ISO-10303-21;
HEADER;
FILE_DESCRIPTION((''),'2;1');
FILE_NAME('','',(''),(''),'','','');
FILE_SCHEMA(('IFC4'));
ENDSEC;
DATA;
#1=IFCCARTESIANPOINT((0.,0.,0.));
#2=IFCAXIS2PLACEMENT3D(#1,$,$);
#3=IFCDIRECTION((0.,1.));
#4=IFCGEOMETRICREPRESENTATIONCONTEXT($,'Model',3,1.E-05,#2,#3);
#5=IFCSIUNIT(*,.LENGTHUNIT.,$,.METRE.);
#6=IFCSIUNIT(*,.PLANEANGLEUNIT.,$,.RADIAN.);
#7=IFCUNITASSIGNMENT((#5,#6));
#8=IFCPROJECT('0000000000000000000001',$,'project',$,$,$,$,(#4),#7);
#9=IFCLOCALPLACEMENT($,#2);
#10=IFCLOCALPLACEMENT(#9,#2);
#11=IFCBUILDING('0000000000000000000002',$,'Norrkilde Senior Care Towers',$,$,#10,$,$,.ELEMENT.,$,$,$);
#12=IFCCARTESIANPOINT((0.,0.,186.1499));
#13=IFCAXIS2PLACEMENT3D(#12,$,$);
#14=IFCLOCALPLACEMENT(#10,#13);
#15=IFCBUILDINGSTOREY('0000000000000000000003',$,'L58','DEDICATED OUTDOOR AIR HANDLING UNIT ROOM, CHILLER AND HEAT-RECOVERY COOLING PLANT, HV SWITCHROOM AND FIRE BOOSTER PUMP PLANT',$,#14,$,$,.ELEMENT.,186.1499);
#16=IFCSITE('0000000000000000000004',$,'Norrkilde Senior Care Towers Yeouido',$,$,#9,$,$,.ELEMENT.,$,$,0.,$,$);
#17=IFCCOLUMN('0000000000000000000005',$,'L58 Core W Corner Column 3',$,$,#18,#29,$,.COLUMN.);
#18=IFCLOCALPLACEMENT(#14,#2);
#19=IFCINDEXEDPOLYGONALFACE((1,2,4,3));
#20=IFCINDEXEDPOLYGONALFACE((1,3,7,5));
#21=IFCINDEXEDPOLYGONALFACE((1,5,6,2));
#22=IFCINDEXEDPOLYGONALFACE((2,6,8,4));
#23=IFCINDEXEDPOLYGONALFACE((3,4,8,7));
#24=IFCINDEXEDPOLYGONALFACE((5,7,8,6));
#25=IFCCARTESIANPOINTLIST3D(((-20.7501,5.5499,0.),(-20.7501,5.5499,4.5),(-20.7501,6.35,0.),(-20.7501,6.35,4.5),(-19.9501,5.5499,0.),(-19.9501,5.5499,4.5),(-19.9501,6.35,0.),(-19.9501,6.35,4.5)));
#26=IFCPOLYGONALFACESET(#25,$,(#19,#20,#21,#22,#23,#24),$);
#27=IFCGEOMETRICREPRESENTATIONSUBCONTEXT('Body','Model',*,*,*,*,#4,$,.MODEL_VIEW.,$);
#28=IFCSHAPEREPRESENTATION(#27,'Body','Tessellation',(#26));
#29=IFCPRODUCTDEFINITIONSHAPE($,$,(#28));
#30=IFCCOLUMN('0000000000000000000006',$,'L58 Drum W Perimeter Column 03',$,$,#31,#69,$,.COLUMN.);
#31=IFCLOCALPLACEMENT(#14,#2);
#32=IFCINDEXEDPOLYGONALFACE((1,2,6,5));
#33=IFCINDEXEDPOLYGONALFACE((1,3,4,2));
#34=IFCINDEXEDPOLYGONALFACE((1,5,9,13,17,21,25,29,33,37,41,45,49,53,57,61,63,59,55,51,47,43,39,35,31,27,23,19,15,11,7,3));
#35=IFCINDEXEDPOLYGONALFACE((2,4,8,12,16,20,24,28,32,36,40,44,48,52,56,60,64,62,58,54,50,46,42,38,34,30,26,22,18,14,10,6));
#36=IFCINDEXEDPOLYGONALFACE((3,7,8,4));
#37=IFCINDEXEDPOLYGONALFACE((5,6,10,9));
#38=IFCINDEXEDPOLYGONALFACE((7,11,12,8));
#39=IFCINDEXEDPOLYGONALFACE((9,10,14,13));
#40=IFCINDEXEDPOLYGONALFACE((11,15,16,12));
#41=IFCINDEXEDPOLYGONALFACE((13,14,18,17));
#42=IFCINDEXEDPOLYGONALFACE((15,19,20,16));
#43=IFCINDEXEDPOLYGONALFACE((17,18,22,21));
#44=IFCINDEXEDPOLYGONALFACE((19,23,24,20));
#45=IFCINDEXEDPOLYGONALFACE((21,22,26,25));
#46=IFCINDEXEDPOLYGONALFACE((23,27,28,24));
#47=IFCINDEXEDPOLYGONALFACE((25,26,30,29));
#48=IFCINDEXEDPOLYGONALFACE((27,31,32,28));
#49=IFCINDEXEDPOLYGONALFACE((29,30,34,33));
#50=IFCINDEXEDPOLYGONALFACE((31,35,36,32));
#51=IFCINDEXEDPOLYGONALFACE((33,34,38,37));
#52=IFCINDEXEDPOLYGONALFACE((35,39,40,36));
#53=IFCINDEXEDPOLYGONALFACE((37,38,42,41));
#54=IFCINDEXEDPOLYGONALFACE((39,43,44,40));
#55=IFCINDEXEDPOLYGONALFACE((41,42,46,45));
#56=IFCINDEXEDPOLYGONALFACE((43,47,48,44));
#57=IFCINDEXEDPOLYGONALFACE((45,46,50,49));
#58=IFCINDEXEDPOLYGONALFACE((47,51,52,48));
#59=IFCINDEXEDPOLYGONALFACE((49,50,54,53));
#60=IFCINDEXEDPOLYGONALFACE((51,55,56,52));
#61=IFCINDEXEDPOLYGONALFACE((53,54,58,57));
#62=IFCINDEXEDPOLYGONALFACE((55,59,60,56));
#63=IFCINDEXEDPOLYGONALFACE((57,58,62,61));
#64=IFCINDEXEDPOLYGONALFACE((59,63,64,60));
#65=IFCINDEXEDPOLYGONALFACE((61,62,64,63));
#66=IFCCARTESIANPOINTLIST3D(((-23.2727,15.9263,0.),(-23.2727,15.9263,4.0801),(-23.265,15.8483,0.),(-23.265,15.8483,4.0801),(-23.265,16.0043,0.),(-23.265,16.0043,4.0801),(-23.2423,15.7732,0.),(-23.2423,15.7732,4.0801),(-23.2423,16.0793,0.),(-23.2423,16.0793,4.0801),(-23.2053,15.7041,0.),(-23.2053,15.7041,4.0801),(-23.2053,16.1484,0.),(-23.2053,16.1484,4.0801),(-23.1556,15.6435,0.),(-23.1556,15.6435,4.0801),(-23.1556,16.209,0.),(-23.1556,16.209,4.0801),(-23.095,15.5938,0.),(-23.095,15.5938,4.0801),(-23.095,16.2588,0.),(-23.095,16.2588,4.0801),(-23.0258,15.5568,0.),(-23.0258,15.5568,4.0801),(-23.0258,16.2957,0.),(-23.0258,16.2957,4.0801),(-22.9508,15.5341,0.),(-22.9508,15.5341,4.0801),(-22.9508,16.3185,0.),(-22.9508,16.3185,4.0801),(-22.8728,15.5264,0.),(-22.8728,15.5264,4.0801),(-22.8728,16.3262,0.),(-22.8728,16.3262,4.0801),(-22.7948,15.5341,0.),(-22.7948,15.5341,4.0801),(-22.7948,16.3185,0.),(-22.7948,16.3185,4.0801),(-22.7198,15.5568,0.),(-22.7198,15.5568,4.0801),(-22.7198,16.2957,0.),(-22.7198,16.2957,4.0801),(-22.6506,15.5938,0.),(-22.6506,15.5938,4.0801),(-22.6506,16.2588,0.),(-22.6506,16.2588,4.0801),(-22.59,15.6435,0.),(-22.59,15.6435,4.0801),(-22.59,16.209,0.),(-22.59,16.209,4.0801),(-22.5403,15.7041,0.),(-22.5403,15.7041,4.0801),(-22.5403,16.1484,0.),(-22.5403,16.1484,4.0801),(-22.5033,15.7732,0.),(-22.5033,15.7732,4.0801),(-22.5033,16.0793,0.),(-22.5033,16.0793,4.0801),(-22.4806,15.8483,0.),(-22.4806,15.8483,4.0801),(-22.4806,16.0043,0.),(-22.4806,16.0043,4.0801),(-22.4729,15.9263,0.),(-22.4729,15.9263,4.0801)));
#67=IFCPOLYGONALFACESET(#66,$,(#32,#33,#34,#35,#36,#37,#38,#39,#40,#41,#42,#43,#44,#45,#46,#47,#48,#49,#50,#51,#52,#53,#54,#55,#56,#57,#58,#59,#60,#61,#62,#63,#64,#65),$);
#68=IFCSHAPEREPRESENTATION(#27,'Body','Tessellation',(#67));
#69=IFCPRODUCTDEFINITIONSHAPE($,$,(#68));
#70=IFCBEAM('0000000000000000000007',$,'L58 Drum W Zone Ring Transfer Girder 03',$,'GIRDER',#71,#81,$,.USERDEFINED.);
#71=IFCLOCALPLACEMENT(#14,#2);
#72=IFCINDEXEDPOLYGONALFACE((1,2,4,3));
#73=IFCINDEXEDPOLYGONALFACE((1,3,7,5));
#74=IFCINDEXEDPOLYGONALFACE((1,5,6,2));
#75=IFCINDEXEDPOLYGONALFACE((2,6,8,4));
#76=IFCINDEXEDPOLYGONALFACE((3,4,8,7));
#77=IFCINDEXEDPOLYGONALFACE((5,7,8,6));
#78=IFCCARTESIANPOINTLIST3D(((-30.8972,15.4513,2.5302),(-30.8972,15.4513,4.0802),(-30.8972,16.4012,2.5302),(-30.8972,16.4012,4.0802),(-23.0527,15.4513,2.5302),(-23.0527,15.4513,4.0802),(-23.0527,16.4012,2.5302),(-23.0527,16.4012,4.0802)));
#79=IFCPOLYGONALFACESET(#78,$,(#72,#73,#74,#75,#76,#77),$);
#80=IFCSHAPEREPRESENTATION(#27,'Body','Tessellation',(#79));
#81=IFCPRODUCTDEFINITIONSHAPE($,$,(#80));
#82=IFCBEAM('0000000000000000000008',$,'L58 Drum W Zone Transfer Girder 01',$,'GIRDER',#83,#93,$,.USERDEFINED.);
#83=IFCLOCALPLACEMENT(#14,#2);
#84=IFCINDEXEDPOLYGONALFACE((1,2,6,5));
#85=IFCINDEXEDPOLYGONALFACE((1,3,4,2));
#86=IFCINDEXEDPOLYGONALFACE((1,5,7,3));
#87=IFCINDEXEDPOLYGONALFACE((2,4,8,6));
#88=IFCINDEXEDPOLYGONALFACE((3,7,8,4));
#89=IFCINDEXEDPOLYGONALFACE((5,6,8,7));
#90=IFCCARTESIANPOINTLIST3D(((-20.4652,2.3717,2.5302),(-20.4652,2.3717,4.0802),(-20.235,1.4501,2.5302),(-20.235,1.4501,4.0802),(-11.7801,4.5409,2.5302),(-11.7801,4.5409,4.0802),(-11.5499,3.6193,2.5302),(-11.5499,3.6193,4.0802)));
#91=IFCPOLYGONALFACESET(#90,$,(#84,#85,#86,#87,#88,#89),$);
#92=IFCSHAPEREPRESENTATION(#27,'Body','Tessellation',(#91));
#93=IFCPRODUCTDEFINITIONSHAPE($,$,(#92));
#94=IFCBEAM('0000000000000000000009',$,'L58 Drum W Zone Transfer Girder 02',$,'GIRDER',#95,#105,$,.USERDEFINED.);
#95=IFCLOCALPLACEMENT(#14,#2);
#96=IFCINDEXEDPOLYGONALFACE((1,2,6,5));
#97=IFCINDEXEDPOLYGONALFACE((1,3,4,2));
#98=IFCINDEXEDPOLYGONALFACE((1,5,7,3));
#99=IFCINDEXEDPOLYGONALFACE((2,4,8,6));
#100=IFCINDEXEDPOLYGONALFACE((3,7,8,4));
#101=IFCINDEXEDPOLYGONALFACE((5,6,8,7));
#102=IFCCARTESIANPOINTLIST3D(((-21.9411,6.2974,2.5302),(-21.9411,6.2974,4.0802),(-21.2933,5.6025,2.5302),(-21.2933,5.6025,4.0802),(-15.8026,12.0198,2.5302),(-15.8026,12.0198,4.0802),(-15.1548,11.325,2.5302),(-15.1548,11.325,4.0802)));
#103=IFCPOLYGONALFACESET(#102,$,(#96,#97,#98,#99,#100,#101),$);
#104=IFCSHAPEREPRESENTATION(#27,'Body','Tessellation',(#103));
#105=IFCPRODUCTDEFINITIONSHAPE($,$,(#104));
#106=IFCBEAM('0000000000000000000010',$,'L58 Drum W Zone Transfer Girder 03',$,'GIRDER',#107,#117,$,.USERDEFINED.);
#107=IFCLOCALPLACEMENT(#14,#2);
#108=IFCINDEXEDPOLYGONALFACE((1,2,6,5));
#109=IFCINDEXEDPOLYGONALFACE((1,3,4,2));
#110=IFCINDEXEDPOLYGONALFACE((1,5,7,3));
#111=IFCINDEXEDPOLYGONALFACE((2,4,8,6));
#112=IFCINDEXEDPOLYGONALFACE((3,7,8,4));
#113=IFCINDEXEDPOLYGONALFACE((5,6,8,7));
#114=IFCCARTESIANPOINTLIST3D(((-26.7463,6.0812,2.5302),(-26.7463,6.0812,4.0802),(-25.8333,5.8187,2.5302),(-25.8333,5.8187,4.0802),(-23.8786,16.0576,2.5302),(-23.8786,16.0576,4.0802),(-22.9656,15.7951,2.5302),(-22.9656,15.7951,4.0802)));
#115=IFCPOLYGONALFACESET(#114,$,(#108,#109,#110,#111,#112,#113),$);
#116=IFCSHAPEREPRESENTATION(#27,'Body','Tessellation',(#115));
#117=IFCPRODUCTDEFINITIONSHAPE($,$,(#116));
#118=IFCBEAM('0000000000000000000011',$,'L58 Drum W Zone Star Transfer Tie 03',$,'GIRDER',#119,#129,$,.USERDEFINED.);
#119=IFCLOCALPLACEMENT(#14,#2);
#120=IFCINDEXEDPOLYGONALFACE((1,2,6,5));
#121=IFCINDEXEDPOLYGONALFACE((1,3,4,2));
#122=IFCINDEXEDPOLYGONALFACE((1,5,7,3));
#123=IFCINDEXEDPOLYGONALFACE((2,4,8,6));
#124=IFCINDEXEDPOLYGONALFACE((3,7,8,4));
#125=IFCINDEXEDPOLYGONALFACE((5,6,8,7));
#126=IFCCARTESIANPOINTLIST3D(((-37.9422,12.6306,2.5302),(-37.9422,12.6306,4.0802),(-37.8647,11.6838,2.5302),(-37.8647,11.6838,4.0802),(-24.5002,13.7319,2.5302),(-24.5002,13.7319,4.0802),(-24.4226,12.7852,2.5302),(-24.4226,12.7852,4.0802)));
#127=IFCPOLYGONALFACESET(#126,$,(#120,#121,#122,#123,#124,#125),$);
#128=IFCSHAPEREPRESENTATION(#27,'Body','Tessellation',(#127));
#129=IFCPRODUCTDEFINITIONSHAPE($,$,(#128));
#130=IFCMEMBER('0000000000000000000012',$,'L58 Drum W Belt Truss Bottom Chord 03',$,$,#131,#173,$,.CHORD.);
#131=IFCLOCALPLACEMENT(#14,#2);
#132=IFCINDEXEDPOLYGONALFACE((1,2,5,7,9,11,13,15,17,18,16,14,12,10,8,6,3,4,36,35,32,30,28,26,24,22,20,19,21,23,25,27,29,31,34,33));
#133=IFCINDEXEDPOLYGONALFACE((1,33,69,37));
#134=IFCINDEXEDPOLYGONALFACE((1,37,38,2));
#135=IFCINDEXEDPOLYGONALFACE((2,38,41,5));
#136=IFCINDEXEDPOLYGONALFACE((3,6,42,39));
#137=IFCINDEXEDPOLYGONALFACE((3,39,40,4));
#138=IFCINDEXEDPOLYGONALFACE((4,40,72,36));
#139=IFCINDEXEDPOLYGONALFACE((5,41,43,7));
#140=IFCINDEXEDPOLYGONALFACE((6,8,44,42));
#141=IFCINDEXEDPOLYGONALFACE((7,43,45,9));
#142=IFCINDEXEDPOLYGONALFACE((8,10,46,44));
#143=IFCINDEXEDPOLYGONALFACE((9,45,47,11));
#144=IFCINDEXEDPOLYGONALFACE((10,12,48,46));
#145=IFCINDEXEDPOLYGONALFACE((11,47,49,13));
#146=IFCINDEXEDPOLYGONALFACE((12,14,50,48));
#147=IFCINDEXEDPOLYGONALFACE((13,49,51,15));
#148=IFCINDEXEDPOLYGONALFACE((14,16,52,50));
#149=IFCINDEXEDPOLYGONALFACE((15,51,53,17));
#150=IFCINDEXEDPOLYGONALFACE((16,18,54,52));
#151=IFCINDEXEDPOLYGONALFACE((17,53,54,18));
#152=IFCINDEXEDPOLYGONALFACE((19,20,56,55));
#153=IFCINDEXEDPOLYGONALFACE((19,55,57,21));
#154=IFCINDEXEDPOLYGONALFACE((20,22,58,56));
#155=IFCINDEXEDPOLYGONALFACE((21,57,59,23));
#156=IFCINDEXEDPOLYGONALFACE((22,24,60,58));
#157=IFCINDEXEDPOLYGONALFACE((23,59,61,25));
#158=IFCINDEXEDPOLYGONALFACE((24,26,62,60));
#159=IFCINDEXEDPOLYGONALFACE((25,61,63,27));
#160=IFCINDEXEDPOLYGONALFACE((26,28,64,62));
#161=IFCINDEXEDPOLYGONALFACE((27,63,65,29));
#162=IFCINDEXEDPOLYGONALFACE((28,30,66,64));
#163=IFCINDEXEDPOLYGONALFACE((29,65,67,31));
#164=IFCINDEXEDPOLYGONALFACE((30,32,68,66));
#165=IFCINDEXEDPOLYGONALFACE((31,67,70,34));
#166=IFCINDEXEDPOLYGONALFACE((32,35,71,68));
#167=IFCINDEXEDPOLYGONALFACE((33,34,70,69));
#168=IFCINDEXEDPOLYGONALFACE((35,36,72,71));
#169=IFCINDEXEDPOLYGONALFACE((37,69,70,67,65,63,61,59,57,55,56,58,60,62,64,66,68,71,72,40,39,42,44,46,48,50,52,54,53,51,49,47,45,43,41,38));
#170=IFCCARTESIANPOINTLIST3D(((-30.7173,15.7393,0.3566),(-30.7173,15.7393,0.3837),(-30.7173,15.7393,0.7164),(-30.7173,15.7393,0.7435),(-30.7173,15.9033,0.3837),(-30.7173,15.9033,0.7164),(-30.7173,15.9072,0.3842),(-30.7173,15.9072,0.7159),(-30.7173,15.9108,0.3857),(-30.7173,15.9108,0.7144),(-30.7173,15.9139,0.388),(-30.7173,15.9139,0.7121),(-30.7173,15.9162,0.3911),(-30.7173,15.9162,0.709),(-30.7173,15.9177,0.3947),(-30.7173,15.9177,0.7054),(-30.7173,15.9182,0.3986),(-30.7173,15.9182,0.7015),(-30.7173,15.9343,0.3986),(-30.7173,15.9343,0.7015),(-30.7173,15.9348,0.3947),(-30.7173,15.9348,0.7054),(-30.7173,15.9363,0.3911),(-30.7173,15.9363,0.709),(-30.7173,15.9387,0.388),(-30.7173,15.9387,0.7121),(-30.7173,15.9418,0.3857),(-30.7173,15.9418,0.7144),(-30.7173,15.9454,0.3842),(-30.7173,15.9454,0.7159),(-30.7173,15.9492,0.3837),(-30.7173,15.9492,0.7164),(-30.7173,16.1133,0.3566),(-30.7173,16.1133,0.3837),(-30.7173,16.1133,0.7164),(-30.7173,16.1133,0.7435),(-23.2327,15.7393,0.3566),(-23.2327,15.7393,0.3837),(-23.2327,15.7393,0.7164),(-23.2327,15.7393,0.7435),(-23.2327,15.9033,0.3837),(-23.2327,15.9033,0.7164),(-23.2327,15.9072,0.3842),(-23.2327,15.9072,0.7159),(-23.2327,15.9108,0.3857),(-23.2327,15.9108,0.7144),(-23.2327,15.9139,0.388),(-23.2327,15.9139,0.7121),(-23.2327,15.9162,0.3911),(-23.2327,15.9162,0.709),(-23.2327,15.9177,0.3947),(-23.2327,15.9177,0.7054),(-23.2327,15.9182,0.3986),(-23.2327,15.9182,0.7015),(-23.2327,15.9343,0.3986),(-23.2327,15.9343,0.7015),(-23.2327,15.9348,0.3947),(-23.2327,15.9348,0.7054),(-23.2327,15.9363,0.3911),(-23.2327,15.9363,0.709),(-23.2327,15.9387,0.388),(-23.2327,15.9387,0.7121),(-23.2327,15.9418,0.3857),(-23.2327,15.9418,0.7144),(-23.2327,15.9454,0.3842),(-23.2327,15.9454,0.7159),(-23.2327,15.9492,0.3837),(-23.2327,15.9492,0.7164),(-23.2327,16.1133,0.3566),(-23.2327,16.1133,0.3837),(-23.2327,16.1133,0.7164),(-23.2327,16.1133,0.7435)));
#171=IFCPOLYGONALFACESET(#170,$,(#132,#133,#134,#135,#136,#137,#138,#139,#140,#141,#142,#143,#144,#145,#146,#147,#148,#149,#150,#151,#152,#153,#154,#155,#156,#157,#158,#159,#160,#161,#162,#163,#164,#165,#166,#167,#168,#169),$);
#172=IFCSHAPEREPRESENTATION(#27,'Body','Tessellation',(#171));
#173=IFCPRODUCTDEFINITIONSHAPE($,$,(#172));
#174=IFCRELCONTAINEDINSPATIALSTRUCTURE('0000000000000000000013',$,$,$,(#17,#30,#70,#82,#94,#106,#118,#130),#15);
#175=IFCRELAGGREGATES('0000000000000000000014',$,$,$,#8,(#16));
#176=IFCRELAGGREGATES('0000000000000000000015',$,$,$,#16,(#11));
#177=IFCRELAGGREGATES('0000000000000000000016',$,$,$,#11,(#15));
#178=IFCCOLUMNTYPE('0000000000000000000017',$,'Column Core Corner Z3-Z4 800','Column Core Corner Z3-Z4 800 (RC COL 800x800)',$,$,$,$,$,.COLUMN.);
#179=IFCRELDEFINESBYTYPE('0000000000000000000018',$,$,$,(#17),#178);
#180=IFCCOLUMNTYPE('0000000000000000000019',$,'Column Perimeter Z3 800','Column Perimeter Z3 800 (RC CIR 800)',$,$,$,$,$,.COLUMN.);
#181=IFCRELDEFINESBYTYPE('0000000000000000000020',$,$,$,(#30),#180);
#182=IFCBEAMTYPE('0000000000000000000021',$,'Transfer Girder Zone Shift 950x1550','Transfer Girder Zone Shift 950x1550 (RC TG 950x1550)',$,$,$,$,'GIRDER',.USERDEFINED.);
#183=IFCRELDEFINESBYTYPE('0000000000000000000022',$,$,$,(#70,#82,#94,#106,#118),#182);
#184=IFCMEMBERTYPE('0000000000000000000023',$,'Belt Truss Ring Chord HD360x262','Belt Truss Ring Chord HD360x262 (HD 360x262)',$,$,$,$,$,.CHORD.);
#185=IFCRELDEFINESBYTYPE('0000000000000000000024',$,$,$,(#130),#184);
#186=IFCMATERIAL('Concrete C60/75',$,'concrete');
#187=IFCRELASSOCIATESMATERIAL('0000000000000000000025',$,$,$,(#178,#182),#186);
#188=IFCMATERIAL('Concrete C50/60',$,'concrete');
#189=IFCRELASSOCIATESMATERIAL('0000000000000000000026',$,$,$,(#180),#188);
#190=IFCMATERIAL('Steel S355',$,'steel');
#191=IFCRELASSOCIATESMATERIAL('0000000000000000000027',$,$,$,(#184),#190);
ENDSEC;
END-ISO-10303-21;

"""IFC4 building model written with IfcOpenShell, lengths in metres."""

from ifc_helpers import new_model, si_unit, direction, frame, origin, origin_2d, place, context, subcontext, project, spatial, rectangle, circle, i_section, extrude, source, transform, mapped, material, material_profile, profile_set, type_object, type_shapes, element, save


model = new_model("IFC4")

# Units and contexts
model_context = context("Model", 3, precision=1e-05, world=origin(), true_north=direction((0.0, 1.0)))
body_context = subcontext(model_context, "Body", "Model", "MODEL_VIEW")
ifc_project = project(units=[si_unit("LENGTHUNIT", "METRE"), si_unit("PLANEANGLEUNIT", "RADIAN")], contexts=[model_context])

# Site, building, storey
site_placement = place(None, origin())
site = spatial("IfcSite", under=ifc_project, at=site_placement, Name="Norrkilde Senior Care Towers Yeouido", CompositionType="ELEMENT", RefElevation=0.0)
building_placement = place(site_placement, origin())
building = spatial("IfcBuilding", under=site, at=building_placement, Name="Norrkilde Senior Care Towers", CompositionType="ELEMENT")
storey_placement = place(building_placement, frame((0.0, 0.0, 186.1499)))
storey = spatial("IfcBuildingStorey", under=building, at=storey_placement, Name="L58", Description="DEDICATED OUTDOOR AIR HANDLING UNIT ROOM, CHILLER AND HEAT-RECOVERY COOLING PLANT, HV SWITCHROOM AND FIRE BOOSTER PUMP PLANT", CompositionType="ELEMENT", Elevation=186.1499)

# Columns
ifc_material_1 = material(Name="Concrete C60/75", Category="concrete")
ifc_material_profile_1 = material_profile(ifc_material_1, rectangle(XDim=0.8, YDim=0.8, at=origin_2d()), Name="RC COL 800x800")
ifc_profile_set_1 = profile_set([ifc_material_profile_1], Name="Concrete C60/75")
column_type_1 = type_object("IfcColumnType", Name="Column Core Corner Z3-Z4 800", Description="Column Core Corner Z3-Z4 800 (RC COL 800x800)", PredefinedType="COLUMN", material=ifc_profile_set_1)
shared_shape_1 = source(origin(), body_context, "Body", "SweptSolid", [
    extrude(rectangle(XDim=0.8, YDim=0.8, at=origin_2d()), origin(), (0.0, 0.0, 1.0), 4.5),
])
type_shapes(column_type_1, [shared_shape_1])
column_1_placement = place(storey_placement, frame((-20.3501, 5.95, 0.0), z_axis=(0.0, 0.0, 1.0), x_axis=(1.0, 0.0, 0.0)))
element("IfcColumn", 1, at=column_1_placement, inside=storey, type_object=column_type_1, Name="L58 Core W Corner Column 3", PredefinedType="COLUMN", context=body_context, shape_type="MappedRepresentation", body=[
    mapped(shared_shape_1, transform((0.0, 0.0, 0.0), x_axis=(1.0, 0.0, 0.0), y_axis=(0.0, 1.0, 0.0), z_axis=(0.0, 0.0, 1.0), scale=1.0)),
])
ifc_material_2 = material(Name="Concrete C50/60", Category="concrete")
ifc_material_profile_2 = material_profile(ifc_material_2, circle(Radius=0.3999, at=origin_2d()), Name="RC CIR 800")
ifc_profile_set_2 = profile_set([ifc_material_profile_2], Name="Concrete C50/60")
column_type_2 = type_object("IfcColumnType", Name="Column Perimeter Z3 800", Description="Column Perimeter Z3 800 (RC CIR 800)", PredefinedType="COLUMN", material=ifc_profile_set_2)
shared_shape_2 = source(origin(), body_context, "Body", "SweptSolid", [
    extrude(circle(Radius=0.3999, at=origin_2d()), origin(), (0.0, 0.0, 1.0), 4.0801),
])
type_shapes(column_type_2, [shared_shape_2])
column_2_placement = place(storey_placement, frame((-22.8728, 15.9263, 0.0), z_axis=(0.0, 0.0, 1.0), x_axis=(1.0, 0.0, 0.0)))
element("IfcColumn", 2, at=column_2_placement, inside=storey, type_object=column_type_2, Name="L58 Drum W Perimeter Column 03", PredefinedType="COLUMN", context=body_context, shape_type="MappedRepresentation", body=[
    mapped(shared_shape_2, transform((0.0, 0.0, 0.0), x_axis=(1.0, 0.0, 0.0), y_axis=(0.0, 1.0, 0.0), z_axis=(0.0, 0.0, 1.0), scale=1.0)),
])

# Beams
ifc_material_profile_3 = material_profile(ifc_material_1, rectangle(XDim=0.95, YDim=1.55, at=origin_2d()), Name="RC TG 950x1550")
ifc_profile_set_3 = profile_set([ifc_material_profile_3], Name="Concrete C60/75")
beam_type = type_object("IfcBeamType", Name="Transfer Girder Zone Shift 950x1550", Description="Transfer Girder Zone Shift 950x1550 (RC TG 950x1550)", ElementType="GIRDER", PredefinedType="USERDEFINED", material=ifc_profile_set_3)
shared_shape_3 = source(origin(), body_context, "Body", "SweptSolid", [
    extrude(rectangle(XDim=0.95, YDim=1.55, at=origin_2d()), origin(), (0.0, 0.0, 1.0), 7.8445),
])
beam_1_placement = place(storey_placement, frame((-23.0527, 15.9263, 3.3052), z_axis=(-1.0, 0.0, 0.0), x_axis=(0.0, -1.0, 0.0)))
element("IfcBeam", 3, at=beam_1_placement, inside=storey, type_object=beam_type, Name="L58 Drum W Zone Ring Transfer Girder 03", ObjectType="GIRDER", PredefinedType="USERDEFINED", context=body_context, shape_type="MappedRepresentation", body=[
    mapped(shared_shape_3, transform((0.0, 0.0, 0.0), x_axis=(1.0, 0.0, 0.0), y_axis=(0.0, 1.0, 0.0), z_axis=(0.0, 0.0, 1.0), scale=1.0)),
])
shared_shape_4 = source(origin(), body_context, "Body", "SweptSolid", [
    extrude(rectangle(XDim=0.95, YDim=1.55, at=origin_2d()), origin(), (0.0, 0.0, 1.0), 8.9519),
])
beam_2_placement = place(storey_placement, frame((-20.3501, 1.9109, 3.3052), z_axis=(0.970197, 0.242317, 0.0), x_axis=(-0.242317, 0.970197, 0.0)))
element("IfcBeam", 4, at=beam_2_placement, inside=storey, type_object=beam_type, Name="L58 Drum W Zone Transfer Girder 01", ObjectType="GIRDER", PredefinedType="USERDEFINED", context=body_context, shape_type="MappedRepresentation", body=[
    mapped(shared_shape_4, transform((0.0, 0.0, 0.0), x_axis=(1.0, 0.0, 0.0), y_axis=(0.0, 1.0, 0.0), z_axis=(0.0, 0.0, 1.0), scale=1.0)),
])
shared_shape_5 = source(origin(), body_context, "Body", "SweptSolid", [
    extrude(rectangle(XDim=0.95, YDim=1.55, at=origin_2d()), origin(), (0.0, 0.0, 1.0), 8.3921),
])
beam_3_placement = place(storey_placement, frame((-21.6172, 5.95, 3.3052), z_axis=(0.731459, 0.681886, 0.0), x_axis=(-0.681886, 0.731459, 0.0)))
element("IfcBeam", 5, at=beam_3_placement, inside=storey, type_object=beam_type, Name="L58 Drum W Zone Transfer Girder 02", ObjectType="GIRDER", PredefinedType="USERDEFINED", context=body_context, shape_type="MappedRepresentation", body=[
    mapped(shared_shape_5, transform((0.0, 0.0, 0.0), x_axis=(1.0, 0.0, 0.0), y_axis=(0.0, 1.0, 0.0), z_axis=(0.0, 0.0, 1.0), scale=1.0)),
])
shared_shape_6 = source(origin(), body_context, "Body", "SweptSolid", [
    extrude(rectangle(XDim=0.95, YDim=1.55, at=origin_2d()), origin(), (0.0, 0.0, 1.0), 10.3804),
])
beam_4_placement = place(storey_placement, frame((-26.2898, 5.95, 3.3052), z_axis=(0.276262, 0.961082, 0.0), x_axis=(-0.961082, 0.276262, 0.0)))
element("IfcBeam", 6, at=beam_4_placement, inside=storey, type_object=beam_type, Name="L58 Drum W Zone Transfer Girder 03", ObjectType="GIRDER", PredefinedType="USERDEFINED", context=body_context, shape_type="MappedRepresentation", body=[
    mapped(shared_shape_6, transform((0.0, 0.0, 0.0), x_axis=(1.0, 0.0, 0.0), y_axis=(0.0, 1.0, 0.0), z_axis=(0.0, 0.0, 1.0), scale=1.0)),
])
shared_shape_7 = source(origin(), body_context, "Body", "SweptSolid", [
    extrude(rectangle(XDim=0.95, YDim=1.55, at=origin_2d()), origin(), (0.0, 0.0, 1.0), 13.4871),
])
type_shapes(beam_type, [shared_shape_3, shared_shape_4, shared_shape_5, shared_shape_6, shared_shape_7])
beam_5_placement = place(storey_placement, frame((-24.4614, 13.2585, 3.3052), z_axis=(-0.996661, -0.081657, 0.0), x_axis=(0.081657, -0.996661, 0.0)))
element("IfcBeam", 7, at=beam_5_placement, inside=storey, type_object=beam_type, Name="L58 Drum W Zone Star Transfer Tie 03", ObjectType="GIRDER", PredefinedType="USERDEFINED", context=body_context, shape_type="MappedRepresentation", body=[
    mapped(shared_shape_7, transform((0.0, 0.0, 0.0), x_axis=(1.0, 0.0, 0.0), y_axis=(0.0, 1.0, 0.0), z_axis=(0.0, 0.0, 1.0), scale=1.0)),
])

# Member
ifc_material_3 = material(Name="Steel S355", Category="steel")
ifc_material_profile_4 = material_profile(ifc_material_3, i_section(OverallWidth=0.374, OverallDepth=0.387, WebThickness=0.0161, FlangeThickness=0.0271, FilletRadius=0.0149, at=origin_2d()), Name="HD 360x262")
ifc_profile_set_4 = profile_set([ifc_material_profile_4], Name="Steel S355")
member_type_1 = type_object("IfcMemberType", Name="Belt Truss Ring Chord HD360x262", Description="Belt Truss Ring Chord HD360x262 (HD 360x262)", PredefinedType="CHORD", material=ifc_profile_set_4)
shared_shape_8 = source(origin(), body_context, "Body", "SweptSolid", [
    extrude(i_section(OverallWidth=0.374, OverallDepth=0.387, WebThickness=0.0161, FlangeThickness=0.0271, FilletRadius=0.0149, at=origin_2d()), origin(), (0.0, 0.0, 1.0), 7.4846),
])
type_shapes(member_type_1, [shared_shape_8])
member_1_placement = place(storey_placement, frame((-23.2327, 15.9263, 0.55), z_axis=(-1.0, 0.0, 0.0), x_axis=(0.0, -1.0, 0.0)))
element("IfcMember", 8, at=member_1_placement, inside=storey, type_object=member_type_1, Name="L58 Drum W Belt Truss Bottom Chord 03", PredefinedType="CHORD", context=body_context, shape_type="MappedRepresentation", body=[
    mapped(shared_shape_8, transform((0.0, 0.0, 0.0), x_axis=(1.0, 0.0, 0.0), y_axis=(0.0, 1.0, 0.0), z_axis=(0.0, 0.0, 1.0), scale=1.0)),
])

save(model, "model.ifc")
